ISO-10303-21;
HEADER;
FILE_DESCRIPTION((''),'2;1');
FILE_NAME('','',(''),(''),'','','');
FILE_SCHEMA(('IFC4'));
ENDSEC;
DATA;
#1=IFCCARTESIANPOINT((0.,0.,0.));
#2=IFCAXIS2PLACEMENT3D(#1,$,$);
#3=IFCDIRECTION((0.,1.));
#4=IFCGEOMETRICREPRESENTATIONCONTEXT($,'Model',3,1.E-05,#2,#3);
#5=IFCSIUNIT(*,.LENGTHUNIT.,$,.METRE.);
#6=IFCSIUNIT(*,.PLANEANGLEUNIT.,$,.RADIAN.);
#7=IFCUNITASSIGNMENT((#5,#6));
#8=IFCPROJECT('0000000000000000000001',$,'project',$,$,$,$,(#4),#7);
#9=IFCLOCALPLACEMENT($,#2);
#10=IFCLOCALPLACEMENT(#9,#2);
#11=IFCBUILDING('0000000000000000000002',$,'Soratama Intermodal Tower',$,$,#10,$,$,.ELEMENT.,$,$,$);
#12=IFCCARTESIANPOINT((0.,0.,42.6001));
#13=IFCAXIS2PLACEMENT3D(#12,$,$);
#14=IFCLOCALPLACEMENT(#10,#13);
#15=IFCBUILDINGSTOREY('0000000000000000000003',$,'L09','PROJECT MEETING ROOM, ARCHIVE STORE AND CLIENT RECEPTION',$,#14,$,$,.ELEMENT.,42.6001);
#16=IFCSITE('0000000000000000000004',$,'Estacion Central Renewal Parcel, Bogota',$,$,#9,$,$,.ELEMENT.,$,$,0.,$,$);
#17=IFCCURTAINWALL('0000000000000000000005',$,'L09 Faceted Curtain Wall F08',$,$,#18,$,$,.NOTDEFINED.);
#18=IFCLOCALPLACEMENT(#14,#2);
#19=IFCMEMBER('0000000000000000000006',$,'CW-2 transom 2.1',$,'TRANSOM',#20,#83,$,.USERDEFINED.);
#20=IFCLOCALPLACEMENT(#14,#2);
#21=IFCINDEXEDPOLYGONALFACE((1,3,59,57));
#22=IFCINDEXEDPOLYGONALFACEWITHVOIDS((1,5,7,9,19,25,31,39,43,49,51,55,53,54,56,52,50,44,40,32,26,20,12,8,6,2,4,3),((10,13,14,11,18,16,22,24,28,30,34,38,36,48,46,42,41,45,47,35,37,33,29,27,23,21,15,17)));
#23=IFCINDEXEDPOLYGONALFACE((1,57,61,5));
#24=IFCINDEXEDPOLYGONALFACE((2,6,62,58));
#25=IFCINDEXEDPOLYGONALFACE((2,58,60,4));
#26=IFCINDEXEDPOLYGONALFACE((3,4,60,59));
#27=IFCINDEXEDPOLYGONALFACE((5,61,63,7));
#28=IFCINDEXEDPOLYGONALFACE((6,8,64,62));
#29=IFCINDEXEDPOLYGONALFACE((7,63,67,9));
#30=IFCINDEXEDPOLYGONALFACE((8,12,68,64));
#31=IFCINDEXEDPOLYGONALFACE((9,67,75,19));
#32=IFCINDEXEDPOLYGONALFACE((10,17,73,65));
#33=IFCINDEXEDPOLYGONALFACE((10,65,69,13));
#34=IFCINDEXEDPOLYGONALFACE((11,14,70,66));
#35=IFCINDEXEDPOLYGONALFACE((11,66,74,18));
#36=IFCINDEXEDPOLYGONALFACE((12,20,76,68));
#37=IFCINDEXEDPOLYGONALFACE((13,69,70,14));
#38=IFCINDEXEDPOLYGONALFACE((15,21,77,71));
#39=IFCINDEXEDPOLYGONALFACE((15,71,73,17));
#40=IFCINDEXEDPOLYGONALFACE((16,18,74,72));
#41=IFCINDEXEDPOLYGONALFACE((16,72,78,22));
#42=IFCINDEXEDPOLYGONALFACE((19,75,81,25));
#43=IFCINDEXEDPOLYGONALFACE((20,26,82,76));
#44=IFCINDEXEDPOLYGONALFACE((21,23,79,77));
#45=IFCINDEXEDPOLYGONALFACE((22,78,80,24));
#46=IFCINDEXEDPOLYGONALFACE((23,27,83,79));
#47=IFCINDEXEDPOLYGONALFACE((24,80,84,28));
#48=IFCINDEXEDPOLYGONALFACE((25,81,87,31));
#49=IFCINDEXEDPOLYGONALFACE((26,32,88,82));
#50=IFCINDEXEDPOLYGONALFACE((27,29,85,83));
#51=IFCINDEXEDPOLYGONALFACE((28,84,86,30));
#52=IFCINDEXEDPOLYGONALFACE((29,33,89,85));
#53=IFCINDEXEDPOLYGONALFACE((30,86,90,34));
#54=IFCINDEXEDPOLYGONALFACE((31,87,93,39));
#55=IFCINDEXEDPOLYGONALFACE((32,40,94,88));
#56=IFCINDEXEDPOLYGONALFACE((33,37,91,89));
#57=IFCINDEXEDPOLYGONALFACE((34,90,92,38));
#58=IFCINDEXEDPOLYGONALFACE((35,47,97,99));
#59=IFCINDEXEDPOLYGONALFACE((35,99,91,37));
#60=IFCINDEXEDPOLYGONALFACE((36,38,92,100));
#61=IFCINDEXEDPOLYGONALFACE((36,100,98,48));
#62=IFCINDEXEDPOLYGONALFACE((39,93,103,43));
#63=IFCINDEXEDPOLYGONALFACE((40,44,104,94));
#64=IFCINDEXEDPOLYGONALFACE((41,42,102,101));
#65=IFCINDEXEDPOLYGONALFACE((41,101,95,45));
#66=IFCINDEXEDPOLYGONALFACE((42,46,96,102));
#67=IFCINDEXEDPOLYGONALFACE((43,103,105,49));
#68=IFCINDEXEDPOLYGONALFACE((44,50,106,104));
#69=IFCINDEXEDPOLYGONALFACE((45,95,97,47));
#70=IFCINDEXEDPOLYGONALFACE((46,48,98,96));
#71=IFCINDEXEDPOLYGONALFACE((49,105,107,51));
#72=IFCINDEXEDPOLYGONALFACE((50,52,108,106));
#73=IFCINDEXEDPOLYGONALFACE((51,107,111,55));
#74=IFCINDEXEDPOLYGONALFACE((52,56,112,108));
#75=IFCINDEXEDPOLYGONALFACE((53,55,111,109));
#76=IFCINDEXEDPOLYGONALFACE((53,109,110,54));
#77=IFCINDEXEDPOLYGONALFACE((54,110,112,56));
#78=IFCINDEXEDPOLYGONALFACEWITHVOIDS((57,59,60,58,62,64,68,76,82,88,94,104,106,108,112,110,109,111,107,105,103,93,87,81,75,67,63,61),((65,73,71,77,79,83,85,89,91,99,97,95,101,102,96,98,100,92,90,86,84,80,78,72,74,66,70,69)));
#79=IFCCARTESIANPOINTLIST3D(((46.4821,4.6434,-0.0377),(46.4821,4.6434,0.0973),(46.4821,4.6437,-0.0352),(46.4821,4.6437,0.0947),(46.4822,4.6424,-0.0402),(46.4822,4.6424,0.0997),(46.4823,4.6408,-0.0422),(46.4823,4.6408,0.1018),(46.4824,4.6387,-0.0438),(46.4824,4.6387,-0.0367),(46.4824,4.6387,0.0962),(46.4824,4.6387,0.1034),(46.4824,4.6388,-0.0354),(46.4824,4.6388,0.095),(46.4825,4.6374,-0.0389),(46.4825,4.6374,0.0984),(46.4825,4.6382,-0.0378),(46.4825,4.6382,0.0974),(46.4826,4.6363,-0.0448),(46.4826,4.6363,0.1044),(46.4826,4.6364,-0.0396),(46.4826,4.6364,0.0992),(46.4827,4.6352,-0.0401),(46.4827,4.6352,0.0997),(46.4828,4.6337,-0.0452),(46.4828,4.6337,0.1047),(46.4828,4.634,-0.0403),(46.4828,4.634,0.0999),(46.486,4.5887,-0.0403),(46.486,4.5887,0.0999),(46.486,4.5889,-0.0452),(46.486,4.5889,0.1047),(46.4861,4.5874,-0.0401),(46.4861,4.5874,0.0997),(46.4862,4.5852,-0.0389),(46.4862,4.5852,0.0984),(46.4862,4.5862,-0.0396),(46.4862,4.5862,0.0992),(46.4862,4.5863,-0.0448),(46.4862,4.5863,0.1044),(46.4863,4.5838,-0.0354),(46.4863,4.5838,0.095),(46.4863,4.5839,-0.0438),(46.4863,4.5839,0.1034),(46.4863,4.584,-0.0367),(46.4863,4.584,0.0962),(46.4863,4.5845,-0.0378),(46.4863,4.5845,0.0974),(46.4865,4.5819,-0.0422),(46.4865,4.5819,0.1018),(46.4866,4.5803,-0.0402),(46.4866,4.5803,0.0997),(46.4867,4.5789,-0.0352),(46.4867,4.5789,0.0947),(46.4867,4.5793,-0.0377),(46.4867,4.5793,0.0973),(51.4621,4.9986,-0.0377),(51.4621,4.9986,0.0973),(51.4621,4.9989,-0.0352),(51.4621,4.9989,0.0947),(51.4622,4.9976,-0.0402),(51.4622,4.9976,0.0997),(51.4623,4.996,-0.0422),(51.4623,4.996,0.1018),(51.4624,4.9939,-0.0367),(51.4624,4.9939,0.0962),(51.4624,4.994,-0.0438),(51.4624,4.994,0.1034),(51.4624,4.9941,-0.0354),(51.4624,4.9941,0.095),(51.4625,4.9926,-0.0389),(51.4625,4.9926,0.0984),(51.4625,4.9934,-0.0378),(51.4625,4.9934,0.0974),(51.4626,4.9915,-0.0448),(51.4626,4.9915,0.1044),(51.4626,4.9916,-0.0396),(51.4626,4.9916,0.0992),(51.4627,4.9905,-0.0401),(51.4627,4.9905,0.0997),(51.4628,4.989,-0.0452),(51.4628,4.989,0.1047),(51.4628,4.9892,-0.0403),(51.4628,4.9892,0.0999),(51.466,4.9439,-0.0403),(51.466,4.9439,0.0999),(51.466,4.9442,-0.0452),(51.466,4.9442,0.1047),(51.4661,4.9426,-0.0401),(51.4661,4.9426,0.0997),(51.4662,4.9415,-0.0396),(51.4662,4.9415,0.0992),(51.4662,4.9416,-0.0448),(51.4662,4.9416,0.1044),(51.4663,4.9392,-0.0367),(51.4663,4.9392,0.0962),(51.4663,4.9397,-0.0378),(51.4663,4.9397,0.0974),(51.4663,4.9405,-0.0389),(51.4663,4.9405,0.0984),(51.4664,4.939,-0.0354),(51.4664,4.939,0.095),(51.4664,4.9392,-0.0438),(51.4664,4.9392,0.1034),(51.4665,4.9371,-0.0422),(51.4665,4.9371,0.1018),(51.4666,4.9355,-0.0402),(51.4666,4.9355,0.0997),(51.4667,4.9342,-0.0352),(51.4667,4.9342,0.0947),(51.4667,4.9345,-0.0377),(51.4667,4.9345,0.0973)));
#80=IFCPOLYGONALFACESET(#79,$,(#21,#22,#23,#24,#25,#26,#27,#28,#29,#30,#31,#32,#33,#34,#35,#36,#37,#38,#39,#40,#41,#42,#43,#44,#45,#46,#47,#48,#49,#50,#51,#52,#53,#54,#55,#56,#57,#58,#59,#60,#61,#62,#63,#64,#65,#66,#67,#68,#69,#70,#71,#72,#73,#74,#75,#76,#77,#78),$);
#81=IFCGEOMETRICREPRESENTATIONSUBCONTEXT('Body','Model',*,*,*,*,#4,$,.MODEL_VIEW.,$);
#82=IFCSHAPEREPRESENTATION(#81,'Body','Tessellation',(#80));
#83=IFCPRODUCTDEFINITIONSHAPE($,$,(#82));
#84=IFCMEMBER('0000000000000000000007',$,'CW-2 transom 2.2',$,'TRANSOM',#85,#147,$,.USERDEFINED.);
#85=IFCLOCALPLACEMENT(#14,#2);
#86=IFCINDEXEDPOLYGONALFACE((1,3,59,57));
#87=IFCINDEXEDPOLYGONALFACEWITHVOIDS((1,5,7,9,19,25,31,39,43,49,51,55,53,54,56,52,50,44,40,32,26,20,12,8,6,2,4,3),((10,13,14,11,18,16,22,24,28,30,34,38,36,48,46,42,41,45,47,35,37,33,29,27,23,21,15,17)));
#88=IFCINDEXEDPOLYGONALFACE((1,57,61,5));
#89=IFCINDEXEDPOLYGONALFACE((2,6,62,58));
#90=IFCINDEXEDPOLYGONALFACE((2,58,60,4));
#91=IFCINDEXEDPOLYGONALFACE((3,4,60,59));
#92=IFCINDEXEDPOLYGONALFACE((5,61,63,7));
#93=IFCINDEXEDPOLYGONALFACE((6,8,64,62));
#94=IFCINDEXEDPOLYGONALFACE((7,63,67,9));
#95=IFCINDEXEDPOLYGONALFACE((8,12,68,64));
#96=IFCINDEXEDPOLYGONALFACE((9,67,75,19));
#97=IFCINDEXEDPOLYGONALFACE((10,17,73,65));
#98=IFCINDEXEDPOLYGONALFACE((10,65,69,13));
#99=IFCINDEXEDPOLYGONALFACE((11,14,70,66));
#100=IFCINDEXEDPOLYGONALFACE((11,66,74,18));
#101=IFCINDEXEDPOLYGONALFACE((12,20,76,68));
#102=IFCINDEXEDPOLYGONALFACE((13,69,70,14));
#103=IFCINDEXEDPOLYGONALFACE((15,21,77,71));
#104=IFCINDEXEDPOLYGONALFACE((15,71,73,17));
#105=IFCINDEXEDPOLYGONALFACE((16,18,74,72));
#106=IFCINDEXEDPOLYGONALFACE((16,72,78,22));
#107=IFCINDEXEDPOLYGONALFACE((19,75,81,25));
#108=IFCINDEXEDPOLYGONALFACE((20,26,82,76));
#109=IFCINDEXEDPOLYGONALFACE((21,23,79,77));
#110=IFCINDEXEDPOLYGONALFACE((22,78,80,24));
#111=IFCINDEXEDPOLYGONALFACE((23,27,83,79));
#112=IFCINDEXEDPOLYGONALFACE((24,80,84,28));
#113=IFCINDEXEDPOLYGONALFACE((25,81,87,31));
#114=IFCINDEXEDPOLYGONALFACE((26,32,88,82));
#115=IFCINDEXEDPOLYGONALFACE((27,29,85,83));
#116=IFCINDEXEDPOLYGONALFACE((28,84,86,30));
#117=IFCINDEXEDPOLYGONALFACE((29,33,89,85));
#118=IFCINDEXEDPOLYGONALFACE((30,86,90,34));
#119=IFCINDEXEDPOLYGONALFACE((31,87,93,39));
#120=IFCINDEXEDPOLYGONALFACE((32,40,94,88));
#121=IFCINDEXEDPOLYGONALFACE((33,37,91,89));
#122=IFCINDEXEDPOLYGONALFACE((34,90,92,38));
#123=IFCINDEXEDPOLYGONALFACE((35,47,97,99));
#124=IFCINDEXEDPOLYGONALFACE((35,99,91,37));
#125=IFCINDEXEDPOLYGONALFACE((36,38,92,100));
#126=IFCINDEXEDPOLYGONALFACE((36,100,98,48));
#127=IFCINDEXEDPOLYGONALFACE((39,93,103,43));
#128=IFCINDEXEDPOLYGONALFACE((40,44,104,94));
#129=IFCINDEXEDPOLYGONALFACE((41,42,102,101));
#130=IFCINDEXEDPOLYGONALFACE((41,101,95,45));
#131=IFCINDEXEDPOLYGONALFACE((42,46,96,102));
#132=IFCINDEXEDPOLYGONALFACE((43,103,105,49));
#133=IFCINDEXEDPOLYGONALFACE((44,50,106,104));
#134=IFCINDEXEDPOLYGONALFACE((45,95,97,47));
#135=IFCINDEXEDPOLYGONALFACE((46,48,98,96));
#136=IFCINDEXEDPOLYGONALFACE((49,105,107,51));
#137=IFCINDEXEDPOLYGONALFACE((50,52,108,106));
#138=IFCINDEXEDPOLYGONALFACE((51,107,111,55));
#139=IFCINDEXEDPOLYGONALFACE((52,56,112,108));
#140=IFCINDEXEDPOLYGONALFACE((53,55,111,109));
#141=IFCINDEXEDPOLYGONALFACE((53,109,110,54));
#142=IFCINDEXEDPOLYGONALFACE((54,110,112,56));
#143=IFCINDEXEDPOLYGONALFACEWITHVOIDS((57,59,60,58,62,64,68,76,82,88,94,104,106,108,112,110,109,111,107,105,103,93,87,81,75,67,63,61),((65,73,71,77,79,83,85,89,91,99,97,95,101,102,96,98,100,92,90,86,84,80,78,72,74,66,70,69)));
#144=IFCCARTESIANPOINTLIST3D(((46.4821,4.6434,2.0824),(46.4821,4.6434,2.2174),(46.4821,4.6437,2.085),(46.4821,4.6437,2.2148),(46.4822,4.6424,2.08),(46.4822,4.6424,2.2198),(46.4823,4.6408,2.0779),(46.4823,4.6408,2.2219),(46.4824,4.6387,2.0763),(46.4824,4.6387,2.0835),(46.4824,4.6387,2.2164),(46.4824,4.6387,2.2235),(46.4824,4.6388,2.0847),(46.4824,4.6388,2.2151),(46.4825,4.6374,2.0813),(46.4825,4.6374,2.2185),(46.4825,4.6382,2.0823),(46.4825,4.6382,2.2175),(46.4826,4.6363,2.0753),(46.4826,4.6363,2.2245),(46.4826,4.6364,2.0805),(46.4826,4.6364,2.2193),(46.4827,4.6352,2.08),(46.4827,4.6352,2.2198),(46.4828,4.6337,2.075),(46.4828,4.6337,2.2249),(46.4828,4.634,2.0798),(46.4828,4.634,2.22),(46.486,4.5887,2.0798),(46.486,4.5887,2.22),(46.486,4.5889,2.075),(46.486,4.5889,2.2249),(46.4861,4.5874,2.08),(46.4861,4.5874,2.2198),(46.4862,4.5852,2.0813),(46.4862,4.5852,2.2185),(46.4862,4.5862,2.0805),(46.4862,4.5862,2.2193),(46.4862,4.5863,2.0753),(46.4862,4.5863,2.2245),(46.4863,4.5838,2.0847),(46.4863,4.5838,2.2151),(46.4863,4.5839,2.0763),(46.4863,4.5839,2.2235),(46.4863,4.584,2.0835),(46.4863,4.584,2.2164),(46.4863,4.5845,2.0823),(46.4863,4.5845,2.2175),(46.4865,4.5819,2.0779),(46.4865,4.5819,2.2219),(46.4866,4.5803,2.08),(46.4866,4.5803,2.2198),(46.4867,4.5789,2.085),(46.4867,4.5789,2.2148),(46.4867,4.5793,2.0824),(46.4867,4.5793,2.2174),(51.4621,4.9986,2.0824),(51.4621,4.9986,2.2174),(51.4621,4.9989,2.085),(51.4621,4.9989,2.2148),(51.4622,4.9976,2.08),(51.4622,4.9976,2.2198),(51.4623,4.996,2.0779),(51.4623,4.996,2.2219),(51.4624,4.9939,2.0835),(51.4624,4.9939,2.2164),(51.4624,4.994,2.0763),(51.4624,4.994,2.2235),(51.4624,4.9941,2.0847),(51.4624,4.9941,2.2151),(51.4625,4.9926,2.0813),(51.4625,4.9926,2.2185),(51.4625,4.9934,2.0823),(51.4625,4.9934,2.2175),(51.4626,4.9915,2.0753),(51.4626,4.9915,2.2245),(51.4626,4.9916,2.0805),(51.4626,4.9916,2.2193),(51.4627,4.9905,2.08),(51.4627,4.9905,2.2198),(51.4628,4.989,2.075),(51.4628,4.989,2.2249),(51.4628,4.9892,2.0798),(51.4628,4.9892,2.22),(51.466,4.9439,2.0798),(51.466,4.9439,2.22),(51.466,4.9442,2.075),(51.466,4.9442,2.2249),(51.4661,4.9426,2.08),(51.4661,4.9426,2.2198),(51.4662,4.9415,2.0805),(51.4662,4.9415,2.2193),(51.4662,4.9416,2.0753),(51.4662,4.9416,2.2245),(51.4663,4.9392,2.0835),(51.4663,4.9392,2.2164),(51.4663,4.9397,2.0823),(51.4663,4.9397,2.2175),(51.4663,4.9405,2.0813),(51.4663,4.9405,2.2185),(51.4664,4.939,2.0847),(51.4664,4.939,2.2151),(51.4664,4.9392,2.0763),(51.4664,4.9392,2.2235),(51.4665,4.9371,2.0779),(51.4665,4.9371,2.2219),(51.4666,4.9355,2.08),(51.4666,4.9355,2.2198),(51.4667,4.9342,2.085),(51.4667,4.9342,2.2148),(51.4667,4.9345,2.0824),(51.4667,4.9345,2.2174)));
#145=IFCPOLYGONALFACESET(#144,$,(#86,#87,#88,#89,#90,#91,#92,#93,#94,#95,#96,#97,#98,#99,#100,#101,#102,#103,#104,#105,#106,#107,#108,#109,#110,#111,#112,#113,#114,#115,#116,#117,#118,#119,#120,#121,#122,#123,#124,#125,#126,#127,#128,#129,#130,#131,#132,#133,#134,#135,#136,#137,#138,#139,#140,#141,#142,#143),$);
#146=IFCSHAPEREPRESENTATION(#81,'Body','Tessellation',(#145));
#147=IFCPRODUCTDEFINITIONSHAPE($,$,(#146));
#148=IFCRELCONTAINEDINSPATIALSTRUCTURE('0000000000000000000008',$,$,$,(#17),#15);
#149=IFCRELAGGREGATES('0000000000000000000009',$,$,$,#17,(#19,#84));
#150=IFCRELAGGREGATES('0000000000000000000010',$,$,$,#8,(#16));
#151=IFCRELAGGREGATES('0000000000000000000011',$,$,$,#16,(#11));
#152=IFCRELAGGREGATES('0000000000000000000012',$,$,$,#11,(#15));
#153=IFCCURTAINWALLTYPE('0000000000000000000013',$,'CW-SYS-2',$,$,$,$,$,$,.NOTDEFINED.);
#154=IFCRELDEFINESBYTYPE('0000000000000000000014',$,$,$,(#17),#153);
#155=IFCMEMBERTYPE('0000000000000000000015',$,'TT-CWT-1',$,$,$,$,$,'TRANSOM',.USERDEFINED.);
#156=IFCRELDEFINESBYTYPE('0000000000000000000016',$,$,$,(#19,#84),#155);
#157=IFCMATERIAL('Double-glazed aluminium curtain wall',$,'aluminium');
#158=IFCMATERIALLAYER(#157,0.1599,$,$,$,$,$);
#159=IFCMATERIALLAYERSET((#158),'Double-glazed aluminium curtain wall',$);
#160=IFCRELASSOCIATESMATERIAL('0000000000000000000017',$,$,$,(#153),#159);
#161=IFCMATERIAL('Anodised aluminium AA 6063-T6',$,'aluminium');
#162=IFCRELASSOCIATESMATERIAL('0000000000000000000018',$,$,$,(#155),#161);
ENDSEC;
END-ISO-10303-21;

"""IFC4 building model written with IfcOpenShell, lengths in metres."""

from ifc_helpers import new_model, si_unit, direction, frame, origin, origin_2d, place, context, subcontext, project, spatial, hollow_rectangle, extrude, material, layer, layer_set, material_profile, profile_set, type_object, element, aggregate, save


model = new_model("IFC4")

# Units and contexts
model_context = context("Model", 3, precision=1e-05, world=origin(), true_north=direction((0.0, 1.0)))
body_context = subcontext(model_context, "Body", "Model", "MODEL_VIEW")
ifc_project = project(units=[si_unit("LENGTHUNIT", "METRE"), si_unit("PLANEANGLEUNIT", "RADIAN")], contexts=[model_context])

# Site, building, storey
site_placement = place(None, origin())
site = spatial("IfcSite", under=ifc_project, at=site_placement, Name="Estacion Central Renewal Parcel, Bogota", CompositionType="ELEMENT", RefElevation=0.0)
building_placement = place(site_placement, origin())
building = spatial("IfcBuilding", under=site, at=building_placement, Name="Soratama Intermodal Tower", CompositionType="ELEMENT")
storey_placement = place(building_placement, frame((0.0, 0.0, 42.6001)))
storey = spatial("IfcBuildingStorey", under=building, at=storey_placement, Name="L09", Description="PROJECT MEETING ROOM, ARCHIVE STORE AND CLIENT RECEPTION", CompositionType="ELEMENT", Elevation=42.6001)

# Curtain wall, members
ifc_material_1 = material(Name="Double-glazed aluminium curtain wall", Category="aluminium")
ifc_layer_1 = layer(ifc_material_1, 0.1599)
ifc_layer_set_1 = layer_set([ifc_layer_1], Name="Double-glazed aluminium curtain wall")
curtain_wall_type = type_object("IfcCurtainWallType", Name="CW-SYS-2", PredefinedType="NOTDEFINED", material=ifc_layer_set_1)
curtain_wall_placement = place(storey_placement, origin())
curtain_wall = element("IfcCurtainWall", 1, at=curtain_wall_placement, inside=storey, type_object=curtain_wall_type, Name="L09 Faceted Curtain Wall F08", PredefinedType="NOTDEFINED")
ifc_material_2 = material(Name="Anodised aluminium AA 6063-T6", Category="aluminium")
ifc_material_profile_1 = material_profile(ifc_material_2, hollow_rectangle(XDim=0.0649, YDim=0.1499, WallThickness=0.0049, InnerFilletRadius=0.0049, OuterFilletRadius=0.01, at=origin_2d()), Name="CWT150X65X5")
ifc_profile_set_1 = profile_set([ifc_material_profile_1], Name="Anodised aluminium AA 6063-T6")
member_type_1 = type_object("IfcMemberType", Name="TT-CWT-1", ElementType="TRANSOM", PredefinedType="USERDEFINED", material=ifc_profile_set_1)
member_1_placement = place(storey_placement, frame((46.4844, 4.6113, 0.0298), z_axis=(0.997466, 0.07115, 0.0), x_axis=(-0.07115, 0.997466, 0.0)))
member_1 = element("IfcMember", 2, at=member_1_placement, type_object=member_type_1, Name="CW-2 transom 2.1", ObjectType="TRANSOM", PredefinedType="USERDEFINED", context=body_context, shape_type="SweptSolid", body=[
    extrude(hollow_rectangle(XDim=0.0649, YDim=0.1499, WallThickness=0.0049, InnerFilletRadius=0.0049, OuterFilletRadius=0.01, at=origin_2d()), origin(), (0.0, 0.0, 1.0), 4.9927),
])
member_2_placement = place(storey_placement, frame((46.4844, 4.6113, 2.1499), z_axis=(0.997466, 0.07115, 0.0), x_axis=(-0.07115, 0.997466, 0.0)))
member_2 = element("IfcMember", 3, at=member_2_placement, type_object=member_type_1, Name="CW-2 transom 2.2", ObjectType="TRANSOM", PredefinedType="USERDEFINED", context=body_context, shape_type="SweptSolid", body=[
    extrude(hollow_rectangle(XDim=0.0649, YDim=0.1499, WallThickness=0.0049, InnerFilletRadius=0.0049, OuterFilletRadius=0.01, at=origin_2d()), origin(), (0.0, 0.0, 1.0), 4.9927),
])
aggregate(curtain_wall, [member_1, member_2])

save(model, "model.ifc")
